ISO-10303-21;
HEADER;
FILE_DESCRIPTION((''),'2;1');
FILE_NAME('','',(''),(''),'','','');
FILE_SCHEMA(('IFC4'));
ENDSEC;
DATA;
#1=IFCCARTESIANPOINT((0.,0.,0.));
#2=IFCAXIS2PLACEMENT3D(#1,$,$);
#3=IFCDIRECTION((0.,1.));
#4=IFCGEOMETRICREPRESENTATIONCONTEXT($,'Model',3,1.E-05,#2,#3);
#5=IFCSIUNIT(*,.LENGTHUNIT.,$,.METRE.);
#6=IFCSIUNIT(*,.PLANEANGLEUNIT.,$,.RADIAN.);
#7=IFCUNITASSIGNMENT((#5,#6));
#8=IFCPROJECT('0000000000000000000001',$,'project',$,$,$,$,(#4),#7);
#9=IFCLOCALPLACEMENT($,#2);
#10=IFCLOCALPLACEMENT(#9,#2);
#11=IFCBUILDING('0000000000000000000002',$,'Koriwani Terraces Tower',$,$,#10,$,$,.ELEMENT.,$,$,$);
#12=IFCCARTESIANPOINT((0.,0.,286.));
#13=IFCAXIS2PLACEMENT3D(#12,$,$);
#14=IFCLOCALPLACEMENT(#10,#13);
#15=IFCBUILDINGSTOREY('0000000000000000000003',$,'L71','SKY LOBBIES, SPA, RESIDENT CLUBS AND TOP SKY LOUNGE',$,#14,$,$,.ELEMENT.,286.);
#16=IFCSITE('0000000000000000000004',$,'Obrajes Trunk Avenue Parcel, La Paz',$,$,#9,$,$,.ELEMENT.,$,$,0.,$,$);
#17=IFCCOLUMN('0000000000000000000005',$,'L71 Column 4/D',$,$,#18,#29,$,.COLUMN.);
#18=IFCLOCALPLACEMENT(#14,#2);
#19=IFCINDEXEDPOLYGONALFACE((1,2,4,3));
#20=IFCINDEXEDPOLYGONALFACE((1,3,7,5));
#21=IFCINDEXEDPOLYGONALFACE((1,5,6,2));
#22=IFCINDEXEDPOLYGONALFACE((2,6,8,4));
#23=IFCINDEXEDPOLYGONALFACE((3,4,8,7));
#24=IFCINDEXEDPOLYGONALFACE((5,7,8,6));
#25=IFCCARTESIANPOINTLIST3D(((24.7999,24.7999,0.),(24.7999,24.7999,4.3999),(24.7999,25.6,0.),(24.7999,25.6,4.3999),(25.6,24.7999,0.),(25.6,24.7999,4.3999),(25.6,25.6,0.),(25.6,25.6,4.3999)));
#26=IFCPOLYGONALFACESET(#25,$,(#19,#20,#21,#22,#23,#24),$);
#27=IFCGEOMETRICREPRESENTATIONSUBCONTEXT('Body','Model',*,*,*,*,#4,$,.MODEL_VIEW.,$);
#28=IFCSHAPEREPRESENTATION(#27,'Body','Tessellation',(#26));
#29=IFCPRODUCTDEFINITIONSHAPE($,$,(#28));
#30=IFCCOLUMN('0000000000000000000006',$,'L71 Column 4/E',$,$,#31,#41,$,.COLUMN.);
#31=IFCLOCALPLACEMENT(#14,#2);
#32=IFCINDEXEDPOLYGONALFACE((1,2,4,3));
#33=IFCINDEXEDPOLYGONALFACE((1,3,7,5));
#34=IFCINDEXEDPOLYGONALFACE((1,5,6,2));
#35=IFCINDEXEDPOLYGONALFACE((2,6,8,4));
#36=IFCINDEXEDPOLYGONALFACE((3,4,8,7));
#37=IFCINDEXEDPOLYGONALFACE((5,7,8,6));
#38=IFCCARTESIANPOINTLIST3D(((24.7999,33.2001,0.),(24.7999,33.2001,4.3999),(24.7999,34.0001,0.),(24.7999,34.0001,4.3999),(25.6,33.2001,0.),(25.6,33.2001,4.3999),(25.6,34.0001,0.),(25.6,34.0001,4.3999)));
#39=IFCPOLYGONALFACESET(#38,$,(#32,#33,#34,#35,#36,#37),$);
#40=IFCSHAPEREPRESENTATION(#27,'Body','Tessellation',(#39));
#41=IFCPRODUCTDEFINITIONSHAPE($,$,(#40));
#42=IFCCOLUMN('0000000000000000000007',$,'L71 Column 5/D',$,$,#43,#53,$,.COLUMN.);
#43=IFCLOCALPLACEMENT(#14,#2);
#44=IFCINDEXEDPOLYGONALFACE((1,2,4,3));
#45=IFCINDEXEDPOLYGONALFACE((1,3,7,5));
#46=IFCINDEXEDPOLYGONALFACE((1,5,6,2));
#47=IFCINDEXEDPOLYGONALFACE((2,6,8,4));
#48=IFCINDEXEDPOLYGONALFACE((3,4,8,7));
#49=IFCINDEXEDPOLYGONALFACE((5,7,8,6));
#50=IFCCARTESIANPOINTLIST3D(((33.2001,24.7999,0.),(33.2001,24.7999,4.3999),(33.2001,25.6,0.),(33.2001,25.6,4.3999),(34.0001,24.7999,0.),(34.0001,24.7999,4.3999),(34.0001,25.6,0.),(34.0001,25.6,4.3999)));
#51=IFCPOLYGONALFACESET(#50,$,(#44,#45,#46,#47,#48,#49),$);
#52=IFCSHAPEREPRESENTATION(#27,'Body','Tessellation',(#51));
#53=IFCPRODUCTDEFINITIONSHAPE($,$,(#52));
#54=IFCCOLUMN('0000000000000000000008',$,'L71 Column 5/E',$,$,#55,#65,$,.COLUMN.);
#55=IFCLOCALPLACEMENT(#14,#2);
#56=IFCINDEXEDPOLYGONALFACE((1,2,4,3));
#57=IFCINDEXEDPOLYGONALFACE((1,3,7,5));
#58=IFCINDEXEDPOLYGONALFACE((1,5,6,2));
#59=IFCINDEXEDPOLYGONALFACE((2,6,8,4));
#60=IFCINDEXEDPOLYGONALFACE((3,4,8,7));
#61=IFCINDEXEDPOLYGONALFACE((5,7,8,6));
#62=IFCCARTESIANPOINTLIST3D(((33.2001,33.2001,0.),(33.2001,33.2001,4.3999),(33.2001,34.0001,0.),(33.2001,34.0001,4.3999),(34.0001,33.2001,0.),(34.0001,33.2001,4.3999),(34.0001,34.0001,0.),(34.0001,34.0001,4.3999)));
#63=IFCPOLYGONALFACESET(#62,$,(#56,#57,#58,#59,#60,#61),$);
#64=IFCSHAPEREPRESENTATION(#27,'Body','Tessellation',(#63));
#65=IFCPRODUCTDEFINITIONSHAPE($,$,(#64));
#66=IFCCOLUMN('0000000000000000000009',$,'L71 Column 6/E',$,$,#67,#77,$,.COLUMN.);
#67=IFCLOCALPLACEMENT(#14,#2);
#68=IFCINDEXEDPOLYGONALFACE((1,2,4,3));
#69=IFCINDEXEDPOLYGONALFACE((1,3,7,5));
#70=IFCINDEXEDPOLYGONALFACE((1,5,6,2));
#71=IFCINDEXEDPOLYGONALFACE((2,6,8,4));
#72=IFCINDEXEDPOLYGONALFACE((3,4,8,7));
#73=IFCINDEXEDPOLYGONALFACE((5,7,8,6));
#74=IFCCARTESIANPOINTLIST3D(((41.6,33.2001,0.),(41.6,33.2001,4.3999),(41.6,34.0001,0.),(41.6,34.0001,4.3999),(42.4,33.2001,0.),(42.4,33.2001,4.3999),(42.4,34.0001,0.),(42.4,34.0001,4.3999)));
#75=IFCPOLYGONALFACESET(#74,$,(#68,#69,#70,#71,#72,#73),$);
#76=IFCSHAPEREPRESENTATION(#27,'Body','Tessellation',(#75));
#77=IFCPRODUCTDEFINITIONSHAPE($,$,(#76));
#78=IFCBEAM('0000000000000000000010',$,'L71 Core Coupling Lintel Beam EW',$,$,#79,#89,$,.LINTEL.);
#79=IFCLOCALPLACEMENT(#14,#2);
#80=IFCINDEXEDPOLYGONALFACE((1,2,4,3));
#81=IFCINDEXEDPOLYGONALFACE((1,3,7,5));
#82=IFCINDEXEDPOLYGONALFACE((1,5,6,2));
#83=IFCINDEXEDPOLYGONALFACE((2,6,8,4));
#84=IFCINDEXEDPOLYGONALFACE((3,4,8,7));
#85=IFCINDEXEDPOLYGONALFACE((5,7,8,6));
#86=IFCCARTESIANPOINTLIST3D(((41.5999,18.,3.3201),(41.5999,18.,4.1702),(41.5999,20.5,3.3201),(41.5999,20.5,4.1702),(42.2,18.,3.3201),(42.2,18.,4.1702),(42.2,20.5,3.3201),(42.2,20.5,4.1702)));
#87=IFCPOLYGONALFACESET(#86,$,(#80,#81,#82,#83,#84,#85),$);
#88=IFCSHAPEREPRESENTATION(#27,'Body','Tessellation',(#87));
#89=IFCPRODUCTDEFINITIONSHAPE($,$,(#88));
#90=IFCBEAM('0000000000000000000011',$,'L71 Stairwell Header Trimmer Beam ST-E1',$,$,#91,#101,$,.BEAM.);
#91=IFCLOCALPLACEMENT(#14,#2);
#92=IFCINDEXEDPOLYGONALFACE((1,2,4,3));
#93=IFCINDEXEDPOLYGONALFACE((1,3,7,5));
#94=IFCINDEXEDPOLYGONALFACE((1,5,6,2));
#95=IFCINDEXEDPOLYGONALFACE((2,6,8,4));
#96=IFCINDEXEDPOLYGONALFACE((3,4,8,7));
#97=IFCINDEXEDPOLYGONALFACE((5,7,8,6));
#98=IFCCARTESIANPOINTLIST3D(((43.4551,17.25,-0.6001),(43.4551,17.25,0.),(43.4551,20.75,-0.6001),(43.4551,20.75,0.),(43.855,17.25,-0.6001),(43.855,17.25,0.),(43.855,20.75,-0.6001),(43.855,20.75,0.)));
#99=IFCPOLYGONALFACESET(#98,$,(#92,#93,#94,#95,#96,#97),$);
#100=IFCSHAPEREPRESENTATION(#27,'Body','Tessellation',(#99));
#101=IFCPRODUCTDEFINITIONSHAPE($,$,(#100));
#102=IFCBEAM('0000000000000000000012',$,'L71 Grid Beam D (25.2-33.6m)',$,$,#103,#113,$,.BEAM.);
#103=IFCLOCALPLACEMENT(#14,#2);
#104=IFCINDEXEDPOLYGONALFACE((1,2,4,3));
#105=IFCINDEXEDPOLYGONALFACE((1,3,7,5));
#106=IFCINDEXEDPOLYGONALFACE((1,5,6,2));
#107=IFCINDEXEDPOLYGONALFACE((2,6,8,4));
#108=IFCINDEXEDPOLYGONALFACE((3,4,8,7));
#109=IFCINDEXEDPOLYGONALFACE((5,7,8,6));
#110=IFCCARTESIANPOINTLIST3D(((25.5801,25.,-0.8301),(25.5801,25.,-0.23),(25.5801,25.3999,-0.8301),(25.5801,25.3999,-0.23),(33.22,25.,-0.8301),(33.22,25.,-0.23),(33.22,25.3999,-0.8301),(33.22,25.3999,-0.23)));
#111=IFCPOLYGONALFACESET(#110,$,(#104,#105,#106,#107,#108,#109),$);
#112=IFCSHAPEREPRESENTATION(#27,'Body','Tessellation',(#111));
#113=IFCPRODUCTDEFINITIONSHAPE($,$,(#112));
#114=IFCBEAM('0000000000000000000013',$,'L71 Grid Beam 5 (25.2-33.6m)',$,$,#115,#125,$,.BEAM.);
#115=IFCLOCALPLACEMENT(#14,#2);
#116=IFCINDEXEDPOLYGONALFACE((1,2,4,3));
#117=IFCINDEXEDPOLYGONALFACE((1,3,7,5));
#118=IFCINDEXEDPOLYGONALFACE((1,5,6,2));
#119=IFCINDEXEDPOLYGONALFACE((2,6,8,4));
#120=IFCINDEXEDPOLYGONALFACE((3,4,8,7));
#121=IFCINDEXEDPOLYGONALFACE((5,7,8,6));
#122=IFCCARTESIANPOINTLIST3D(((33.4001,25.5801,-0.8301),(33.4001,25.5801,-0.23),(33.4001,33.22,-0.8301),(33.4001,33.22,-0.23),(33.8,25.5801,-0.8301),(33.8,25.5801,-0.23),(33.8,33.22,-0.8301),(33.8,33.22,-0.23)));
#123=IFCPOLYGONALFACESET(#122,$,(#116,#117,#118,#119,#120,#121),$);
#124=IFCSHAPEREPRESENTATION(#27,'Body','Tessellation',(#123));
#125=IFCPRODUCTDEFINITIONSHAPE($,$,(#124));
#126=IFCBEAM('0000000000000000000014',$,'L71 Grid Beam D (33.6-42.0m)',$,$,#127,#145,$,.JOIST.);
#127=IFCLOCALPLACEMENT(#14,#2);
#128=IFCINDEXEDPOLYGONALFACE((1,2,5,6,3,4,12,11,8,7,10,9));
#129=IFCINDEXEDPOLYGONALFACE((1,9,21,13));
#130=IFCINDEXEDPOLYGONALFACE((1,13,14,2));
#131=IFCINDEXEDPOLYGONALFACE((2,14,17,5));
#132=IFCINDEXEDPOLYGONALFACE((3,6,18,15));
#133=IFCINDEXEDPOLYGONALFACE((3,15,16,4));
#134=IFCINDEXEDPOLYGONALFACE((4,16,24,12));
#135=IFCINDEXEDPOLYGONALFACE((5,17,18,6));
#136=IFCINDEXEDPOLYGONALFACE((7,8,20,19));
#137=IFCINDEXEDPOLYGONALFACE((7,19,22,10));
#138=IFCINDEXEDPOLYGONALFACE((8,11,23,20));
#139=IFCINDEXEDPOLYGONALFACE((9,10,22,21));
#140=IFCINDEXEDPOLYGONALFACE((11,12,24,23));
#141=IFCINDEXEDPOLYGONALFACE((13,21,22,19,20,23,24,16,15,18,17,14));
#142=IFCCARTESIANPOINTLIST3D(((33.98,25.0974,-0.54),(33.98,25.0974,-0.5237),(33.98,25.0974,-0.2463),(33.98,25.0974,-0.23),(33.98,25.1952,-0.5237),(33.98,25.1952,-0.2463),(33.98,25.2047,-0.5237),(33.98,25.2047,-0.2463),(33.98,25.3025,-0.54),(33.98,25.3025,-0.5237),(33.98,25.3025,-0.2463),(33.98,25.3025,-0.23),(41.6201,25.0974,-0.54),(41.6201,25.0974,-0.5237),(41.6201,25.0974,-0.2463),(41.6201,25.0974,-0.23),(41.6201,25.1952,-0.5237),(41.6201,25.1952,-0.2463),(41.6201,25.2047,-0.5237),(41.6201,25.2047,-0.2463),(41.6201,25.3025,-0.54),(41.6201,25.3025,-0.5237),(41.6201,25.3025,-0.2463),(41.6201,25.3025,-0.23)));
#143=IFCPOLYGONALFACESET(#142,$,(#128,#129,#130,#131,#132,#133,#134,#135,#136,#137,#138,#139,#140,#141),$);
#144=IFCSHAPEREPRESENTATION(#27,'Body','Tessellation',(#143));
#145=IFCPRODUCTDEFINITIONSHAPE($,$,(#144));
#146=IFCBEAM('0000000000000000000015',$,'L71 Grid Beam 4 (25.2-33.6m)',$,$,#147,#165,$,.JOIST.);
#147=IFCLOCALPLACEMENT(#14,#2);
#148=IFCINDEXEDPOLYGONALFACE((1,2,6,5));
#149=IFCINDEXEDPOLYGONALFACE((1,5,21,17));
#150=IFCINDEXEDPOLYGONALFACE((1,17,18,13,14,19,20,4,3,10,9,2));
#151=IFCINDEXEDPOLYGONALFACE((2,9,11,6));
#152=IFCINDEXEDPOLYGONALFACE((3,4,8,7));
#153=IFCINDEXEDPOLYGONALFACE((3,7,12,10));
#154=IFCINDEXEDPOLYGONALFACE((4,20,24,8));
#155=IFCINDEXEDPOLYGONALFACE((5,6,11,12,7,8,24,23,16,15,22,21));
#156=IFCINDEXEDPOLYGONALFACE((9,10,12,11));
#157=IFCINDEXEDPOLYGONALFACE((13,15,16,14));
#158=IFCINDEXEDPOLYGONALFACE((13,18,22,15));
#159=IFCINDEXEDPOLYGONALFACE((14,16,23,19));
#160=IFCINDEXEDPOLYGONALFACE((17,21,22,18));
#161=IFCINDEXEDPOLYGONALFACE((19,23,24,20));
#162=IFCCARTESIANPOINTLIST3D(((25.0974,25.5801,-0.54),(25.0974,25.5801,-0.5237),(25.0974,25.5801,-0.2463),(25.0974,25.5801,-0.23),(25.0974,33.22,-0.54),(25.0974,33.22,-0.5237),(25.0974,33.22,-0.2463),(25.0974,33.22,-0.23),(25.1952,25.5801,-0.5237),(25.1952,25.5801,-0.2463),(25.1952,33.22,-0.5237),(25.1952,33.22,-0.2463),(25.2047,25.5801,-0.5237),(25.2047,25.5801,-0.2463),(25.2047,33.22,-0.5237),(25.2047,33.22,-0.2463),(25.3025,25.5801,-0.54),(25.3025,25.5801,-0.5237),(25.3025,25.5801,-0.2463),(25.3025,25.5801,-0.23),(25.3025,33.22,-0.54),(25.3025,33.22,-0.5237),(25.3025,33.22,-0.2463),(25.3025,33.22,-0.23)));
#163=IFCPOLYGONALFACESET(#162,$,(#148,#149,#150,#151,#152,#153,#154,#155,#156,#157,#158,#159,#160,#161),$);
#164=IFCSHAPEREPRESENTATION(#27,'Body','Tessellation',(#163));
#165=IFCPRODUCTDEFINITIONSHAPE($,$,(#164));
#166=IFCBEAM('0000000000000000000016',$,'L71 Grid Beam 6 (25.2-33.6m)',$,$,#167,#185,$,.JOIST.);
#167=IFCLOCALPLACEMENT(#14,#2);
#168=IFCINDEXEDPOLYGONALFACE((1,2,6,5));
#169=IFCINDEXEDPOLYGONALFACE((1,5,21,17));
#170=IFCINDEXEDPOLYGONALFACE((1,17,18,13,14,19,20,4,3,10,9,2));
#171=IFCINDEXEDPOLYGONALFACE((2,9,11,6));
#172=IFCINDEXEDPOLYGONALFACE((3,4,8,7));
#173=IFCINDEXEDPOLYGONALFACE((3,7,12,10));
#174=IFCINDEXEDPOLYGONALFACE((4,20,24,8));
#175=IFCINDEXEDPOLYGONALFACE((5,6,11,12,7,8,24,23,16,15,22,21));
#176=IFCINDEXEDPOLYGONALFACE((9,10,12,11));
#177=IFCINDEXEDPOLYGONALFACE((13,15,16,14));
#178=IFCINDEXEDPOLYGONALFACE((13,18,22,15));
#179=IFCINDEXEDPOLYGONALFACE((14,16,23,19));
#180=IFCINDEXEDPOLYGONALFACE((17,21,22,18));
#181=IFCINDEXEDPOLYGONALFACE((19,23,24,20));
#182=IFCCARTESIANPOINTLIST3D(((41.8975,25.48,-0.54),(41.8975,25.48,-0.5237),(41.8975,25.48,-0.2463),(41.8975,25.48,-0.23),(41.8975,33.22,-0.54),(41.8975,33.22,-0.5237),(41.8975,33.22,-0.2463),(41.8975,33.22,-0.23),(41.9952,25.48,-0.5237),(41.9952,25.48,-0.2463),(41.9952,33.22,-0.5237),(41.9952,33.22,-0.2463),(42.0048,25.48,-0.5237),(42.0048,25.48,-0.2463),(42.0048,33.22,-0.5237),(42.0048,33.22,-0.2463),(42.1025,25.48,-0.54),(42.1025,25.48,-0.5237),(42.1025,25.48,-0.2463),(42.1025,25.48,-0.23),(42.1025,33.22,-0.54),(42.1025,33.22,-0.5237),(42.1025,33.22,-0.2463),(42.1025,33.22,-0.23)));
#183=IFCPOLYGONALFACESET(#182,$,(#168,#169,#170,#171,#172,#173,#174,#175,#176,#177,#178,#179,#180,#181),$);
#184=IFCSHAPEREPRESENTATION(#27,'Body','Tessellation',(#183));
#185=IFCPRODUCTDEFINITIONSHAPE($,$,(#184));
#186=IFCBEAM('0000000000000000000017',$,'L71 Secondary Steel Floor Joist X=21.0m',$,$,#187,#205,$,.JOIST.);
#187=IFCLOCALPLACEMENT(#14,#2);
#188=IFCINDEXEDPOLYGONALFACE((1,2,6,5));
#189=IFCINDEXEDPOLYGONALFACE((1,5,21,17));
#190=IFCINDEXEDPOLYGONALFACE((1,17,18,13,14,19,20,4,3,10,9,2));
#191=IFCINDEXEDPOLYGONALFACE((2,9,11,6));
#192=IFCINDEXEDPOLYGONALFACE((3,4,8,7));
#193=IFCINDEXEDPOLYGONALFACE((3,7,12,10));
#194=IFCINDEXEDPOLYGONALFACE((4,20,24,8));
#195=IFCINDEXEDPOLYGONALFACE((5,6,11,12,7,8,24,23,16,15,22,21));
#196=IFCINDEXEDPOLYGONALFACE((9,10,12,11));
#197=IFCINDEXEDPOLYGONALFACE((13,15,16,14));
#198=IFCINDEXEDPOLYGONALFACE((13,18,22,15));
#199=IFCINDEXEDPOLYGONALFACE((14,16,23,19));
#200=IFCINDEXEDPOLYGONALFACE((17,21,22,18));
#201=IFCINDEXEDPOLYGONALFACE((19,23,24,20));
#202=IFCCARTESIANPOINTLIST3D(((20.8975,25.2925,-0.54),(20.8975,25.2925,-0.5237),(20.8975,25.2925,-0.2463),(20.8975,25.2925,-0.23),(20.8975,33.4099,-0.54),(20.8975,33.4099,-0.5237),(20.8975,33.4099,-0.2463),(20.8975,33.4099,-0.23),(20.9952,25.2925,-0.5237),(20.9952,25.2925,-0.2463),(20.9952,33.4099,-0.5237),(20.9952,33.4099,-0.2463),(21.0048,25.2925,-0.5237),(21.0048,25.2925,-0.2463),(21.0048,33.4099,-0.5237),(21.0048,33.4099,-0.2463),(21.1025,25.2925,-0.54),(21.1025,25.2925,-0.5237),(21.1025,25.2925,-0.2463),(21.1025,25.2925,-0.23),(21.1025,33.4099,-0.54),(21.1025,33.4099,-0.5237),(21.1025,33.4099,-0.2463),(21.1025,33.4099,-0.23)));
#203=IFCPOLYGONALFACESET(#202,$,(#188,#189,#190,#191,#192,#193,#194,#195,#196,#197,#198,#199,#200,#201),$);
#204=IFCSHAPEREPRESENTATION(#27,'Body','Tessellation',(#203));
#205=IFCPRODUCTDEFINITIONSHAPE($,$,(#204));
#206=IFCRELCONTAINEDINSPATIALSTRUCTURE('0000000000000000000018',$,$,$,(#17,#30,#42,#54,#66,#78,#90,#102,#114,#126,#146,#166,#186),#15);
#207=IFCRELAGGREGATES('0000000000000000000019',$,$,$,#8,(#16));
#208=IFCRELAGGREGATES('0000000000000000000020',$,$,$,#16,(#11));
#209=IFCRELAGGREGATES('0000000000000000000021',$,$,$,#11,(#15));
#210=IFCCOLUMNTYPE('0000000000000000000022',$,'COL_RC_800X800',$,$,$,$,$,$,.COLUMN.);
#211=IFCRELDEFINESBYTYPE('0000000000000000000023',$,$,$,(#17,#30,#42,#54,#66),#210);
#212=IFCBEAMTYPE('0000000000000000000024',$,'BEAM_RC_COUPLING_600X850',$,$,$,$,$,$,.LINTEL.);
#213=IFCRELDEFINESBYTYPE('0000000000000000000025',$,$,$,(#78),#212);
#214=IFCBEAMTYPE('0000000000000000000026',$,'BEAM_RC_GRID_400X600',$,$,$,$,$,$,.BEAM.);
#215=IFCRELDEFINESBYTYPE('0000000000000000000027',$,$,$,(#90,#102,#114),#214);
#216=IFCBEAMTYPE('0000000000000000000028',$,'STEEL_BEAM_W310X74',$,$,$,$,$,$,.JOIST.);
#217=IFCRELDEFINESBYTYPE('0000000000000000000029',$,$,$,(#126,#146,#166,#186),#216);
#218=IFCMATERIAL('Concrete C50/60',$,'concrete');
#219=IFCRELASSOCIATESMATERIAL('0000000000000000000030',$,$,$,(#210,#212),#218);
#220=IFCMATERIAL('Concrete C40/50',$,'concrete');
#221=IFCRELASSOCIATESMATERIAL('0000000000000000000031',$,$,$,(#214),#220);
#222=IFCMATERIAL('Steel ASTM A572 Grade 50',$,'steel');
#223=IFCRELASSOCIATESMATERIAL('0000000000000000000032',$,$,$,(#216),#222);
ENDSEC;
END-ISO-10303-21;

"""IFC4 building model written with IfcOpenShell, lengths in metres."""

from ifc_helpers import new_model, si_unit, direction, frame, origin, origin_2d, place, context, subcontext, project, spatial, rectangle, i_section, extrude, material, material_profile, profile_set, type_object, element, save


model = new_model("IFC4")

# Units and contexts
model_context = context("Model", 3, precision=1e-05, world=origin(), true_north=direction((0.0, 1.0)))
body_context = subcontext(model_context, "Body", "Model", "MODEL_VIEW")
ifc_project = project(units=[si_unit("LENGTHUNIT", "METRE"), si_unit("PLANEANGLEUNIT", "RADIAN")], contexts=[model_context])

# Site, building, storey
site_placement = place(None, origin())
site = spatial("IfcSite", under=ifc_project, at=site_placement, Name="Obrajes Trunk Avenue Parcel, La Paz", CompositionType="ELEMENT", RefElevation=0.0)
building_placement = place(site_placement, origin())
building = spatial("IfcBuilding", under=site, at=building_placement, Name="Koriwani Terraces Tower", CompositionType="ELEMENT")
storey_placement = place(building_placement, frame((0.0, 0.0, 286.0)))
storey = spatial("IfcBuildingStorey", under=building, at=storey_placement, Name="L71", Description="SKY LOBBIES, SPA, RESIDENT CLUBS AND TOP SKY LOUNGE", CompositionType="ELEMENT", Elevation=286.0)

# Columns
ifc_material_1 = material(Name="Concrete C50/60", Category="concrete")
ifc_material_profile_1 = material_profile(ifc_material_1, rectangle(XDim=0.8, YDim=0.8, at=origin_2d()), Name="Concrete C50/60", Category="LoadBearing")
ifc_profile_set_1 = profile_set([ifc_material_profile_1], Name="Concrete C50/60")
column_type = type_object("IfcColumnType", Name="COL_RC_800X800", PredefinedType="COLUMN", material=ifc_profile_set_1)
for number, where, z_axis, x_axis, name in (
    (1, (25.2, 25.2, 0.0), (0.0, 0.0, 1.0), (1.0, 0.0, 0.0), "L71 Column 4/D"),
    (2, (25.2, 33.6001, 0.0), (0.0, 0.0, 1.0), (1.0, 0.0, 0.0), "L71 Column 4/E"),
    (3, (33.6001, 25.2, 0.0), (0.0, 0.0, 1.0), (1.0, 0.0, 0.0), "L71 Column 5/D"),
    (4, (33.6001, 33.6001, 0.0), (0.0, 0.0, 1.0), (1.0, 0.0, 0.0), "L71 Column 5/E"),
    (5, (42.0, 33.6001, 0.0), (0.0, 0.0, 1.0), (1.0, 0.0, 0.0), "L71 Column 6/E"),
):
    element("IfcColumn", number, at=place(storey_placement, frame(where, z_axis=z_axis, x_axis=x_axis)), inside=storey, type_object=column_type, Name=name, PredefinedType="COLUMN", context=body_context, shape_type="SweptSolid", body=[
        extrude(rectangle(XDim=0.8, YDim=0.8, at=origin_2d()), origin(), (0.0, 0.0, 1.0), 4.3999),
    ])

# Beams
ifc_material_profile_2 = material_profile(ifc_material_1, rectangle(XDim=0.6001, YDim=0.8501, at=origin_2d()), Name="Concrete C50/60", Category="LoadBearing")
ifc_profile_set_2 = profile_set([ifc_material_profile_2], Name="Concrete C50/60")
beam_type_1 = type_object("IfcBeamType", Name="BEAM_RC_COUPLING_600X850", PredefinedType="LINTEL", material=ifc_profile_set_2)
beam_1_placement = place(storey_placement, frame((41.8999, 18.0, 3.7451), z_axis=(0.0, 1.0, 0.0), x_axis=(-1.0, 0.0, 0.0)))
element("IfcBeam", 6, at=beam_1_placement, inside=storey, type_object=beam_type_1, Name="L71 Core Coupling Lintel Beam EW", PredefinedType="LINTEL", context=body_context, shape_type="SweptSolid", body=[
    extrude(rectangle(XDim=0.6001, YDim=0.8501, at=origin_2d()), origin(), (0.0, 0.0, 1.0), 2.5),
])
ifc_material_2 = material(Name="Concrete C40/50", Category="concrete")
ifc_material_profile_3 = material_profile(ifc_material_2, rectangle(XDim=0.3999, YDim=0.6001, at=origin_2d()), Name="Concrete C40/50", Category="LoadBearing")
ifc_profile_set_3 = profile_set([ifc_material_profile_3], Name="Concrete C40/50")
beam_type_2 = type_object("IfcBeamType", Name="BEAM_RC_GRID_400X600", PredefinedType="BEAM", material=ifc_profile_set_3)
beam_2_placement = place(storey_placement, frame((43.655, 17.25, -0.3), z_axis=(0.0, 1.0, 0.0), x_axis=(-1.0, 0.0, 0.0)))
element("IfcBeam", 7, at=beam_2_placement, inside=storey, type_object=beam_type_2, Name="L71 Stairwell Header Trimmer Beam ST-E1", PredefinedType="BEAM", context=body_context, shape_type="SweptSolid", body=[
    extrude(rectangle(XDim=0.3999, YDim=0.6001, at=origin_2d()), origin(), (0.0, 0.0, 1.0), 3.5),
])
for number, where, z_axis, x_axis, name in (
    (8, (25.5801, 25.2, -0.53), (1.0, 0.0, 0.0), (0.0, 1.0, 0.0), "L71 Grid Beam D (25.2-33.6m)"),
    (9, (33.6001, 25.5801, -0.53), (0.0, 1.0, 0.0), (-1.0, 0.0, 0.0), "L71 Grid Beam 5 (25.2-33.6m)"),
):
    element("IfcBeam", number, at=place(storey_placement, frame(where, z_axis=z_axis, x_axis=x_axis)), inside=storey, type_object=beam_type_2, Name=name, PredefinedType="BEAM", context=body_context, shape_type="SweptSolid", body=[
        extrude(rectangle(XDim=0.3999, YDim=0.6001, at=origin_2d()), origin(), (0.0, 0.0, 1.0), 7.6399),
    ])
ifc_material_3 = material(Name="Steel ASTM A572 Grade 50", Category="steel")
ifc_material_profile_4 = material_profile(ifc_material_3, i_section(OverallWidth=0.2051, OverallDepth=0.3101, WebThickness=0.0095, FlangeThickness=0.0164, at=origin_2d()), Name="Steel ASTM A572 Grade 50", Category="LoadBearing")
ifc_profile_set_4 = profile_set([ifc_material_profile_4], Name="Steel ASTM A572 Grade 50")
beam_type_3 = type_object("IfcBeamType", Name="STEEL_BEAM_W310X74", PredefinedType="JOIST", material=ifc_profile_set_4)
beam_3_placement = place(storey_placement, frame((33.98, 25.2, -0.385), z_axis=(1.0, 0.0, 0.0), x_axis=(0.0, 1.0, 0.0)))
element("IfcBeam", 10, at=beam_3_placement, inside=storey, type_object=beam_type_3, Name="L71 Grid Beam D (33.6-42.0m)", PredefinedType="JOIST", context=body_context, shape_type="SweptSolid", body=[
    extrude(i_section(OverallWidth=0.2051, OverallDepth=0.3101, WebThickness=0.0095, FlangeThickness=0.0164, at=origin_2d()), origin(), (0.0, 0.0, 1.0), 7.6401),
])
beam_4_placement = place(storey_placement, frame((25.2, 25.5801, -0.385), z_axis=(0.0, 1.0, 0.0), x_axis=(-1.0, 0.0, 0.0)))
element("IfcBeam", 11, at=beam_4_placement, inside=storey, type_object=beam_type_3, Name="L71 Grid Beam 4 (25.2-33.6m)", PredefinedType="JOIST", context=body_context, shape_type="SweptSolid", body=[
    extrude(i_section(OverallWidth=0.2051, OverallDepth=0.3101, WebThickness=0.0095, FlangeThickness=0.0164, at=origin_2d()), origin(), (0.0, 0.0, 1.0), 7.6399),
])
beam_5_placement = place(storey_placement, frame((42.0, 25.48, -0.385), z_axis=(0.0, 1.0, 0.0), x_axis=(-1.0, 0.0, 0.0)))
element("IfcBeam", 12, at=beam_5_placement, inside=storey, type_object=beam_type_3, Name="L71 Grid Beam 6 (25.2-33.6m)", PredefinedType="JOIST", context=body_context, shape_type="SweptSolid", body=[
    extrude(i_section(OverallWidth=0.2051, OverallDepth=0.3101, WebThickness=0.0095, FlangeThickness=0.0164, at=origin_2d()), origin(), (0.0, 0.0, 1.0), 7.74),
])
beam_6_placement = place(storey_placement, frame((21.0, 25.2925, -0.385), z_axis=(0.0, 1.0, 0.0), x_axis=(-1.0, 0.0, 0.0)))
element("IfcBeam", 13, at=beam_6_placement, inside=storey, type_object=beam_type_3, Name="L71 Secondary Steel Floor Joist X=21.0m", PredefinedType="JOIST", context=body_context, shape_type="SweptSolid", body=[
    extrude(i_section(OverallWidth=0.2051, OverallDepth=0.3101, WebThickness=0.0095, FlangeThickness=0.0164, at=origin_2d()), origin(), (0.0, 0.0, 1.0), 8.1174),
])

save(model, "model.ifc")
